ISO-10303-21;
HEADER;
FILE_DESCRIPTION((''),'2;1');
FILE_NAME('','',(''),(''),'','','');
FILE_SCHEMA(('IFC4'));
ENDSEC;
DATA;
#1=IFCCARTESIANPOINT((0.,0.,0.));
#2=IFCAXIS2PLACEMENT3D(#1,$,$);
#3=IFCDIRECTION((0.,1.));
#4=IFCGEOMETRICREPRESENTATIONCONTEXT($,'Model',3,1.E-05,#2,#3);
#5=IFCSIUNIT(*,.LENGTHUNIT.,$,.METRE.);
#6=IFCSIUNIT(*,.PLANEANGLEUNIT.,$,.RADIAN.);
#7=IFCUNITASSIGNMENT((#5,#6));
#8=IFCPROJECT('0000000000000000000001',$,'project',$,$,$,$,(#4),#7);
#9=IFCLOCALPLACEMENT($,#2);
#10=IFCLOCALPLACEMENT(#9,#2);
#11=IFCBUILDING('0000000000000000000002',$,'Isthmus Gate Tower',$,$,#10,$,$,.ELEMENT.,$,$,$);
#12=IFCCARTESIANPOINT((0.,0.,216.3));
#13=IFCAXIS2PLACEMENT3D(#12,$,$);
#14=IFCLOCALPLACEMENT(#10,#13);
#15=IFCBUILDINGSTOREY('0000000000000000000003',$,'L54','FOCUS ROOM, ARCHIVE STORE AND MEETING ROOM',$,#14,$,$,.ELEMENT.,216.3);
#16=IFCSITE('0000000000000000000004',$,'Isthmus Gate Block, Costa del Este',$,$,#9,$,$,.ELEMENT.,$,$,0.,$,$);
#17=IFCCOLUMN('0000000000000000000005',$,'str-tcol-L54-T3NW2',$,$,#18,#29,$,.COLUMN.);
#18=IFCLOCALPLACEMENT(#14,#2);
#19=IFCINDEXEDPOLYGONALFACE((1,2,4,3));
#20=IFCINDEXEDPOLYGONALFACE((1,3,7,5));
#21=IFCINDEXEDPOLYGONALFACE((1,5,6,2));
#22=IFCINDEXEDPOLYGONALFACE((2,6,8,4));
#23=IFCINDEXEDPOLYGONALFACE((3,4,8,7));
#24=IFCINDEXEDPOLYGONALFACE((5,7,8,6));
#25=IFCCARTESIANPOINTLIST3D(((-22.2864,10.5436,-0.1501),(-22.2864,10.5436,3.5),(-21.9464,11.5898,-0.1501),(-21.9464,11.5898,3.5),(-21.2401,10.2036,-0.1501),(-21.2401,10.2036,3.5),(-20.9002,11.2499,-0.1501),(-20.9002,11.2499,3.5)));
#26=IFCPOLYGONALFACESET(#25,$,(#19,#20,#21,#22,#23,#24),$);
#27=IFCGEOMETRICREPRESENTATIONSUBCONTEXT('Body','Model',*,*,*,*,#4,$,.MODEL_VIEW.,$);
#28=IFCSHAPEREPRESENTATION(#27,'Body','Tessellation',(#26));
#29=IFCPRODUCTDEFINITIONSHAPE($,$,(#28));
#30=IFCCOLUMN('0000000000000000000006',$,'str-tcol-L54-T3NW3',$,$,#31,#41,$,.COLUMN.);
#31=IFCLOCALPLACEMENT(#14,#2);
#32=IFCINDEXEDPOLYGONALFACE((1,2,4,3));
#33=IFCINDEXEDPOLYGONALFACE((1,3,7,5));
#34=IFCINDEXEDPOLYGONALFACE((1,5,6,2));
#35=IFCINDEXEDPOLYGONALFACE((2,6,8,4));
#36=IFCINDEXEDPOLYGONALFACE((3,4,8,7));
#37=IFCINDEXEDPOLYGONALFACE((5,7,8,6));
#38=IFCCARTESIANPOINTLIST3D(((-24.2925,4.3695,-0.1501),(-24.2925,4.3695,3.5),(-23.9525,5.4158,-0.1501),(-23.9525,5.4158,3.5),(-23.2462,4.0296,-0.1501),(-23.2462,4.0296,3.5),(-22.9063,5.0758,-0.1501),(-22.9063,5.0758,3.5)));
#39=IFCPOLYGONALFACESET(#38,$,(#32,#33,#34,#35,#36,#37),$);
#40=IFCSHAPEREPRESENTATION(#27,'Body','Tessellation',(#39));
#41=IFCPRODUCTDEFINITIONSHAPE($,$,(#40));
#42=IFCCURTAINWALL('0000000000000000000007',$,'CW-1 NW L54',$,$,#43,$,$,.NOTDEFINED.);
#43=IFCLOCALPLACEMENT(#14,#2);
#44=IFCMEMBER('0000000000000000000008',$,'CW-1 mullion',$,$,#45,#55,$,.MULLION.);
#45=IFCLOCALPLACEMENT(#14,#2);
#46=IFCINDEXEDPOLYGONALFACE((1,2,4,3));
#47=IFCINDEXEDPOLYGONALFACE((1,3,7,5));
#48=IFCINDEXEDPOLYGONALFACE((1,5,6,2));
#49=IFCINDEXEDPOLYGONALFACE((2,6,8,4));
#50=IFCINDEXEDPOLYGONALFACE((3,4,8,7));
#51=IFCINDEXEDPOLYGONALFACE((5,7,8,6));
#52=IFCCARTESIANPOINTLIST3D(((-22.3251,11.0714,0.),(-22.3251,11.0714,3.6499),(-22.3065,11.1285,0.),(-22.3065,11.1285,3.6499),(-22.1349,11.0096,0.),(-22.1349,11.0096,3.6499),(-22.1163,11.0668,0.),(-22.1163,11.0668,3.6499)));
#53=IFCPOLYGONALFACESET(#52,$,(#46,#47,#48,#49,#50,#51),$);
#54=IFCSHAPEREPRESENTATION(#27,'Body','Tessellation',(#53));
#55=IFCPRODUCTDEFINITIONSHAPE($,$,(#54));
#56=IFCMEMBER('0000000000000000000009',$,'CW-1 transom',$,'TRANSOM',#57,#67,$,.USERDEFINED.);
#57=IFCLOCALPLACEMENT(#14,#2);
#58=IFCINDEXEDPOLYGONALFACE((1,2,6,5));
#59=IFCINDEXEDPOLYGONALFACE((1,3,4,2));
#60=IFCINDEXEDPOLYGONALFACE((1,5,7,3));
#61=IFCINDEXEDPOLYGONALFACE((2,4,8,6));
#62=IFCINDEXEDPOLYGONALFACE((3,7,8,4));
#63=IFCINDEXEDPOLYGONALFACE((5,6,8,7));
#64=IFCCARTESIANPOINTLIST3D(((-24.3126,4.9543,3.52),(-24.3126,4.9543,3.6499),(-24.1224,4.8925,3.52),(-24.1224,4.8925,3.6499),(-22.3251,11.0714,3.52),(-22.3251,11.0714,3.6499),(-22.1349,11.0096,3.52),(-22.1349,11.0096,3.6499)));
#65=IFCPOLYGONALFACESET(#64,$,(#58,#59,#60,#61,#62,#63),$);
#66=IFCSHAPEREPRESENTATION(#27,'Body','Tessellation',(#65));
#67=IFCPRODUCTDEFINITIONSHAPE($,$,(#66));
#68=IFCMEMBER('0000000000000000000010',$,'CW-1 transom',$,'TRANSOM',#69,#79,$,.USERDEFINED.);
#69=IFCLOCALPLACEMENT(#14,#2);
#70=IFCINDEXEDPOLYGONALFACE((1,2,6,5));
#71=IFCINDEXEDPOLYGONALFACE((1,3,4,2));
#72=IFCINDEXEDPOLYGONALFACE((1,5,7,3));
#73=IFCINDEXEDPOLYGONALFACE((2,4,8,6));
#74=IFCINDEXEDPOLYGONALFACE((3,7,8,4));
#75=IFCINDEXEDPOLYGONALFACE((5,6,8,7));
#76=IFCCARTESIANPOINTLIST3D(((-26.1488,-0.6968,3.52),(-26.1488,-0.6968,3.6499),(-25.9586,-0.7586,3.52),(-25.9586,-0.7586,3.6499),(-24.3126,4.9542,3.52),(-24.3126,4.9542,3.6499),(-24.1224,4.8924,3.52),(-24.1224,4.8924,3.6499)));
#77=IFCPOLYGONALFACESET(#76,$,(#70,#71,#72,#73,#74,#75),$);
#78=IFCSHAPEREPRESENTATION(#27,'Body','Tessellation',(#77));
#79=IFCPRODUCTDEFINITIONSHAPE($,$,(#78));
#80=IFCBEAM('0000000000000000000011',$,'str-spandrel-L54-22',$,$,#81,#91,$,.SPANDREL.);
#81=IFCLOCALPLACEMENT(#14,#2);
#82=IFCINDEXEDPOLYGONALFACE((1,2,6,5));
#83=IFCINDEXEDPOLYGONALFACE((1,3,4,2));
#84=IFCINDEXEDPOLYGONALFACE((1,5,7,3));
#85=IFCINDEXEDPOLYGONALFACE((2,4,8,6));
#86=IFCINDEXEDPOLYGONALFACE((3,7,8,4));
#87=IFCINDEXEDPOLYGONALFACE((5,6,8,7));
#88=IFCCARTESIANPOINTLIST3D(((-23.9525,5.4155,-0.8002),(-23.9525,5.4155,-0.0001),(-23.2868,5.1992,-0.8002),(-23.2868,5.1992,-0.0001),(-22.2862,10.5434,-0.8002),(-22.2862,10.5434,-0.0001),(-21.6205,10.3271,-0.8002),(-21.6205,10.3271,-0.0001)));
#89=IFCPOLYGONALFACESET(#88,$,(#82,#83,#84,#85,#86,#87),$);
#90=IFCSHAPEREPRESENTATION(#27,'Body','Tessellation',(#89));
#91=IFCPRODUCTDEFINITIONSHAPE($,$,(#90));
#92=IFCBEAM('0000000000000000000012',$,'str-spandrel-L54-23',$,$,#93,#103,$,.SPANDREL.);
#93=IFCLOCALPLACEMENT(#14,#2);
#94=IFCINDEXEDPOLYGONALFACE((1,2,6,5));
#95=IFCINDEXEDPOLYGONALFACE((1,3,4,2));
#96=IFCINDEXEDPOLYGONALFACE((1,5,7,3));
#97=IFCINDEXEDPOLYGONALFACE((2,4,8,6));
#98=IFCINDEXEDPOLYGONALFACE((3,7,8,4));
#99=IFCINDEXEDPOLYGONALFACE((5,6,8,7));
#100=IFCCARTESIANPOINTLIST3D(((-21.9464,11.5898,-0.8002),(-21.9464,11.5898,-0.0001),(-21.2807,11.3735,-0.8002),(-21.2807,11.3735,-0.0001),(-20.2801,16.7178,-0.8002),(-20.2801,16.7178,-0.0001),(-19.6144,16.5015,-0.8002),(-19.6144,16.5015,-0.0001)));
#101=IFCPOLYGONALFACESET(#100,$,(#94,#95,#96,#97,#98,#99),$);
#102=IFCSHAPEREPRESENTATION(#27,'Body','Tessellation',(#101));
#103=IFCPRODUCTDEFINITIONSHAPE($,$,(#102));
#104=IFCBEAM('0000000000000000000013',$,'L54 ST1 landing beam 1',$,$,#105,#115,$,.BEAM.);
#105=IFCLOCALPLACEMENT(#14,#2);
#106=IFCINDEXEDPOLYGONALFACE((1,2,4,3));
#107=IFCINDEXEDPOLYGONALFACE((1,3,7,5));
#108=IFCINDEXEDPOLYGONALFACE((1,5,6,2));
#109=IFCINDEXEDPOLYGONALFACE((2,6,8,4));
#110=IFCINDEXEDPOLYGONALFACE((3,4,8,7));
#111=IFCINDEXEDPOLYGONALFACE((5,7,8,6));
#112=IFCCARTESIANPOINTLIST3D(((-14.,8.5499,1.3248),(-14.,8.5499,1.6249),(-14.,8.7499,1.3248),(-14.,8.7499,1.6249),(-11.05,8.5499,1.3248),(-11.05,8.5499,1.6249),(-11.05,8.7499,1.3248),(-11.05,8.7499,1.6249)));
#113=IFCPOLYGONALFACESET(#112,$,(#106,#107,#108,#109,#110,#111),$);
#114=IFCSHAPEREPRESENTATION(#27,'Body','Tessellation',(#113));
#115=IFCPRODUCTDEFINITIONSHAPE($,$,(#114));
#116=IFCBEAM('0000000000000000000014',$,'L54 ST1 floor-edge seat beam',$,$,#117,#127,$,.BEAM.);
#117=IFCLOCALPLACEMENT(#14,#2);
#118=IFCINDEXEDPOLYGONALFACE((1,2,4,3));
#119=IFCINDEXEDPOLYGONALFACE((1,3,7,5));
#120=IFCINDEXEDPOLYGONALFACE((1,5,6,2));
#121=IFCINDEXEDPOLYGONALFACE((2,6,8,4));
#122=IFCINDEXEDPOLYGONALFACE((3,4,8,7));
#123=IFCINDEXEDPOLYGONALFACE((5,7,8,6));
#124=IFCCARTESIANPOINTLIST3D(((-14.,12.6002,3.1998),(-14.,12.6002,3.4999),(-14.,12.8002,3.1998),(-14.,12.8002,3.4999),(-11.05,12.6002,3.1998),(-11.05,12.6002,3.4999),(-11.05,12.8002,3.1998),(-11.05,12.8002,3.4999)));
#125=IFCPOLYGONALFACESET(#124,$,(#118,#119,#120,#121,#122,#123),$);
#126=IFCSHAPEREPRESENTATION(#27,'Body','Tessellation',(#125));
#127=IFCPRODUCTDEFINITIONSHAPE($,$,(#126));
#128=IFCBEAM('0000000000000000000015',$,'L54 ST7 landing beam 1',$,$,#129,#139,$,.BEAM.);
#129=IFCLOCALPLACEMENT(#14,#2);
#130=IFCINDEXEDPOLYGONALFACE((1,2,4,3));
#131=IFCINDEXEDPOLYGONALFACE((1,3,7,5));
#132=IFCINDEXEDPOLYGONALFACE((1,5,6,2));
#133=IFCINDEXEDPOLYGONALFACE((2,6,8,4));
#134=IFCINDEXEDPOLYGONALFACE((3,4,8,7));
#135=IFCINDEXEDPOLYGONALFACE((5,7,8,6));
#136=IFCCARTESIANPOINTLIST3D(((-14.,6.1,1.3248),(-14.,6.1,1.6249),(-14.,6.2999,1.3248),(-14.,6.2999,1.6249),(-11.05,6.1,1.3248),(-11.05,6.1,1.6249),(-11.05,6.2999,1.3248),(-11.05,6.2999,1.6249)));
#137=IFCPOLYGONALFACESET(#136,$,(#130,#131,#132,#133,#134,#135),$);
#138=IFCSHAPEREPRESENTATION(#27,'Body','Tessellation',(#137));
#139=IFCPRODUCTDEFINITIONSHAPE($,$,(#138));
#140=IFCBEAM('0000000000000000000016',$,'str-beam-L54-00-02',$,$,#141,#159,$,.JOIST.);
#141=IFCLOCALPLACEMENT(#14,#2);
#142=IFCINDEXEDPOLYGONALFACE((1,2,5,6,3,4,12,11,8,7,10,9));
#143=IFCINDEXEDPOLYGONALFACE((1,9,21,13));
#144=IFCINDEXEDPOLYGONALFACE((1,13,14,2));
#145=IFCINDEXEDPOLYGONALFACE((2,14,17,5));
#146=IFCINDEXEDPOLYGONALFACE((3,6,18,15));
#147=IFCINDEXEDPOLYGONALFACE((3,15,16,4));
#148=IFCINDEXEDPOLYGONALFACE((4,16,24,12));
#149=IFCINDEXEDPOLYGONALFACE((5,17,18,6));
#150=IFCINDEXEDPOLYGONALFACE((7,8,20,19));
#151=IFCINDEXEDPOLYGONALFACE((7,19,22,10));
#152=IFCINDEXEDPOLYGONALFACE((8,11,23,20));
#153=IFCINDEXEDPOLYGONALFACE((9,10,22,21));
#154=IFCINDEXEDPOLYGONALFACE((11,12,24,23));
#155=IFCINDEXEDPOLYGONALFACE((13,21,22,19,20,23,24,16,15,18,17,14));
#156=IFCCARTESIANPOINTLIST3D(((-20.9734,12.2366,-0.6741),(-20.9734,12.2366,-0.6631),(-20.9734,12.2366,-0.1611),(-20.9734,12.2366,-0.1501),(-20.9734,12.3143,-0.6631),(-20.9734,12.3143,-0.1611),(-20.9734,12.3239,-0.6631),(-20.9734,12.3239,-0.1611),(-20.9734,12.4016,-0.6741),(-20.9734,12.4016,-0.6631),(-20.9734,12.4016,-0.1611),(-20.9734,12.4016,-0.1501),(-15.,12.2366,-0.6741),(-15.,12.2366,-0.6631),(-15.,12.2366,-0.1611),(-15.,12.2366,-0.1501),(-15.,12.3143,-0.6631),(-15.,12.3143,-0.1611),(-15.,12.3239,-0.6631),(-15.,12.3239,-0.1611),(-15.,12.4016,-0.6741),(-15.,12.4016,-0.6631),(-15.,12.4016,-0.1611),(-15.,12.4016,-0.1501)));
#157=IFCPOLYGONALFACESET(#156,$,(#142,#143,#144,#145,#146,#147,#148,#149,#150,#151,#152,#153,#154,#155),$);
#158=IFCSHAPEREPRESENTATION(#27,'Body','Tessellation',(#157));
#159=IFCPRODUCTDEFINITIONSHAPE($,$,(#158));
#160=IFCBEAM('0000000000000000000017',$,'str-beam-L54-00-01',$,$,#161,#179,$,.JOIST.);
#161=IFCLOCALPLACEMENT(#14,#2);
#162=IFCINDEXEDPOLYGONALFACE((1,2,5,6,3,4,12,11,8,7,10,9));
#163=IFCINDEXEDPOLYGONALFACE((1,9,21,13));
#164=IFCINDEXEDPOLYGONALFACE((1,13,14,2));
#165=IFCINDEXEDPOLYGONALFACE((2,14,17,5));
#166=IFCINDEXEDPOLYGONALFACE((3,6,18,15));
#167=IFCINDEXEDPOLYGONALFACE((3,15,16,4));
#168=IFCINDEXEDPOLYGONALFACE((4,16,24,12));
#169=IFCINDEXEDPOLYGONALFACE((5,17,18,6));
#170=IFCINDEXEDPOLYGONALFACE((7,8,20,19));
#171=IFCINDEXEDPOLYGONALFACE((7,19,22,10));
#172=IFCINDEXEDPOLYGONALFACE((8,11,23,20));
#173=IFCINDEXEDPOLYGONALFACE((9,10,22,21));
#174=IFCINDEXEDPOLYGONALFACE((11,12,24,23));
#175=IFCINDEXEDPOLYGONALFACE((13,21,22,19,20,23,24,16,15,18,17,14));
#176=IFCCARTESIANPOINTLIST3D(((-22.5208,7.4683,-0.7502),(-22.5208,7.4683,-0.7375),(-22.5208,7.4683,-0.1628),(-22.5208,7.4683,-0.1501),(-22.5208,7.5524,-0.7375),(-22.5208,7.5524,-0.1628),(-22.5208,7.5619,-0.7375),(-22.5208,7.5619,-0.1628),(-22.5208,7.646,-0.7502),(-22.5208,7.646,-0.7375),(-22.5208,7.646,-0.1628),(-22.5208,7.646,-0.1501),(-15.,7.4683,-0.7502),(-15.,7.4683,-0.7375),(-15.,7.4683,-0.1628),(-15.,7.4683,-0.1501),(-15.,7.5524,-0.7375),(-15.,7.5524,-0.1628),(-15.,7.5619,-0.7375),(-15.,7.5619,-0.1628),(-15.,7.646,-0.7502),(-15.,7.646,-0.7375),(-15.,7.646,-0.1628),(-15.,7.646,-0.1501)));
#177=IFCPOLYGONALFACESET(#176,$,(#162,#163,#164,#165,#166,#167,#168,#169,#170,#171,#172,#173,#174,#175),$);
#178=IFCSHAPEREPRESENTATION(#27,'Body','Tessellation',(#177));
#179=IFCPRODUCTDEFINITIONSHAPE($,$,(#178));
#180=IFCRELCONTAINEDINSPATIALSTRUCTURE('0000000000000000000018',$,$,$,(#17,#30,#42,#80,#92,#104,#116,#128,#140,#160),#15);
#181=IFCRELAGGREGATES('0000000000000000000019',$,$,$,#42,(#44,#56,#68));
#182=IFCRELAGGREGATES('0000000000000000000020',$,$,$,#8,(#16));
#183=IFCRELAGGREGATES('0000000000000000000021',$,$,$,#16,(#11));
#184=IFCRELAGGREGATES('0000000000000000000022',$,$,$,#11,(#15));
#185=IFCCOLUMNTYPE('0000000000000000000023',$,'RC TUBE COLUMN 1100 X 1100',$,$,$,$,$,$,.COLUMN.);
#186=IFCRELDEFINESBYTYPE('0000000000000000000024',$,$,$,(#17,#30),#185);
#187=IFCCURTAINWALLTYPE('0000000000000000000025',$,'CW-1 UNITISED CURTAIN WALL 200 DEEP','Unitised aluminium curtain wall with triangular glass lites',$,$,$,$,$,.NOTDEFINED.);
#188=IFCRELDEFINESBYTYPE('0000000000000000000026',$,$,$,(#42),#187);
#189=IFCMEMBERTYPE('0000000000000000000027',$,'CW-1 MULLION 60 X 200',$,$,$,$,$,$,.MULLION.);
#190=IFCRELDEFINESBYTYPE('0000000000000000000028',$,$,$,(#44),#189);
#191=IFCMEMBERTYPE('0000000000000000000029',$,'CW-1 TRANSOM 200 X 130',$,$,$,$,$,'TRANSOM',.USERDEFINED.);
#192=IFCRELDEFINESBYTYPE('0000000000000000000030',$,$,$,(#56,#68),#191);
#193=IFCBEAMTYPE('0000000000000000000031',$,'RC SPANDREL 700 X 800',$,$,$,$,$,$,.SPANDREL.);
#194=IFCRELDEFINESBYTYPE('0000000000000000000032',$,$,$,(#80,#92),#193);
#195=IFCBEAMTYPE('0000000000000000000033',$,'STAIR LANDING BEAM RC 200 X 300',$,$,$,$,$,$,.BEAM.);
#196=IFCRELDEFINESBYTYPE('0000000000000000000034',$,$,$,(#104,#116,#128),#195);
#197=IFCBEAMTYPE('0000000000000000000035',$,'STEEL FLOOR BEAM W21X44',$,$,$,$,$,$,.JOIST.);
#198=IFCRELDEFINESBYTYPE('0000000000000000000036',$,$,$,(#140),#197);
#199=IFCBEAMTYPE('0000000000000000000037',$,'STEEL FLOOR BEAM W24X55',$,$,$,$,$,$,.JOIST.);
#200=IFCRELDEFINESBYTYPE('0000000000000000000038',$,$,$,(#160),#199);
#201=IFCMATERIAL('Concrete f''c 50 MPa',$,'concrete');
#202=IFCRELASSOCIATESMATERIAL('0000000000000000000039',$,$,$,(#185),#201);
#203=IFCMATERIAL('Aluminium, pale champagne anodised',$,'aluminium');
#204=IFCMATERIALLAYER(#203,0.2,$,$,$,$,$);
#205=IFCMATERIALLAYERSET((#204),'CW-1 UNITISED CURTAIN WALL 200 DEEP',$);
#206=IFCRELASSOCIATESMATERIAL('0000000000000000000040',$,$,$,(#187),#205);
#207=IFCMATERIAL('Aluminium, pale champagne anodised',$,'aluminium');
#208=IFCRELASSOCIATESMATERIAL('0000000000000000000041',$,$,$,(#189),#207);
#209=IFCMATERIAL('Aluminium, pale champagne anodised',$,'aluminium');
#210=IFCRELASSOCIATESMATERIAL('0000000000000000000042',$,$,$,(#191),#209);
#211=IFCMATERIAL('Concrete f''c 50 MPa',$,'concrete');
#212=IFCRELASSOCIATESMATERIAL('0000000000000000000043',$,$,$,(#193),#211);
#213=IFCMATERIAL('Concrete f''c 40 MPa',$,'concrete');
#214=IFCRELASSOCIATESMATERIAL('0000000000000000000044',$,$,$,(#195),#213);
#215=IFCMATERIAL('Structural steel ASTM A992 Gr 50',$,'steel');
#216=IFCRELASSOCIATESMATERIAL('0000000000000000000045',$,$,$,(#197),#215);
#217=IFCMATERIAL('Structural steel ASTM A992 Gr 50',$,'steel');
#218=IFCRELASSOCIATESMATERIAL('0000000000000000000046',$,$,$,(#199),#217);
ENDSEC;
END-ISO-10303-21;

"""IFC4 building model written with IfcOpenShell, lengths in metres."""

from ifc_helpers import new_model, si_unit, direction, frame, origin, origin_2d, place, context, subcontext, project, spatial, rectangle, i_section, extrude, material, layer, layer_set, material_profile, profile_set, type_object, element, aggregate, save


model = new_model("IFC4")

# Units and contexts
model_context = context("Model", 3, precision=1e-05, world=origin(), true_north=direction((0.0, 1.0)))
body_context = subcontext(model_context, "Body", "Model", "MODEL_VIEW")
ifc_project = project(units=[si_unit("LENGTHUNIT", "METRE"), si_unit("PLANEANGLEUNIT", "RADIAN")], contexts=[model_context])

# Site, building, storey
site_placement = place(None, origin())
site = spatial("IfcSite", under=ifc_project, at=site_placement, Name="Isthmus Gate Block, Costa del Este", CompositionType="ELEMENT", RefElevation=0.0)
building_placement = place(site_placement, origin())
building = spatial("IfcBuilding", under=site, at=building_placement, Name="Isthmus Gate Tower", CompositionType="ELEMENT")
storey_placement = place(building_placement, frame((0.0, 0.0, 216.3)))
storey = spatial("IfcBuildingStorey", under=building, at=storey_placement, Name="L54", Description="FOCUS ROOM, ARCHIVE STORE AND MEETING ROOM", CompositionType="ELEMENT", Elevation=216.3)

# Columns
ifc_material_1 = material(Name="Concrete f'c 50 MPa", Category="concrete")
ifc_material_profile_1 = material_profile(ifc_material_1, rectangle(XDim=1.1001, YDim=1.1001, at=origin_2d()), Name="RC 1100X1100")
ifc_profile_set_1 = profile_set([ifc_material_profile_1], Name="Concrete f'c 50 MPa")
column_type = type_object("IfcColumnType", Name="RC TUBE COLUMN 1100 X 1100", PredefinedType="COLUMN", material=ifc_profile_set_1)
for number, where, z_axis, x_axis, name in (
    (1, (-21.5933, 10.8967, -0.1501), (0.0, 0.0, 1.0), (-0.309017, -0.951057, 0.0), "str-tcol-L54-T3NW2"),
    (2, (-23.5994, 4.7227, -0.1501), (0.0, 0.0, 1.0), (-0.309017, -0.951057, 0.0), "str-tcol-L54-T3NW3"),
):
    element("IfcColumn", number, at=place(storey_placement, frame(where, z_axis=z_axis, x_axis=x_axis)), inside=storey, type_object=column_type, Name=name, PredefinedType="COLUMN", context=body_context, shape_type="SweptSolid", body=[
        extrude(rectangle(XDim=1.1001, YDim=1.1001, at=origin_2d()), origin(), (0.0, 0.0, 1.0), 3.6501),
    ])

# Curtain wall, members
ifc_material_2 = material(Name="Aluminium, pale champagne anodised", Category="aluminium")
ifc_layer_1 = layer(ifc_material_2, 0.2)
ifc_layer_set_1 = layer_set([ifc_layer_1], Name="CW-1 UNITISED CURTAIN WALL 200 DEEP")
curtain_wall_type = type_object("IfcCurtainWallType", Name="CW-1 UNITISED CURTAIN WALL 200 DEEP", Description="Unitised aluminium curtain wall with triangular glass lites", PredefinedType="NOTDEFINED", material=ifc_layer_set_1)
curtain_wall_placement = place(storey_placement, origin())
curtain_wall = element("IfcCurtainWall", 3, at=curtain_wall_placement, inside=storey, type_object=curtain_wall_type, Name="CW-1 NW L54", PredefinedType="NOTDEFINED")
ifc_material_3 = material(Name="Aluminium, pale champagne anodised", Category="aluminium")
ifc_material_profile_2 = material_profile(ifc_material_3, rectangle(XDim=0.0601, YDim=0.2, at=origin_2d()), Name="60x200")
ifc_profile_set_2 = profile_set([ifc_material_profile_2], Name="Aluminium, pale champagne anodised")
member_type_1 = type_object("IfcMemberType", Name="CW-1 MULLION 60 X 200", PredefinedType="MULLION", material=ifc_profile_set_2)
member_1_placement = place(storey_placement, frame((-22.2207, 11.0691, 0.0), z_axis=(0.0, 0.0, 1.0), x_axis=(-0.309017, -0.951057, 0.0)))
member_1 = element("IfcMember", 4, at=member_1_placement, type_object=member_type_1, Name="CW-1 mullion", PredefinedType="MULLION", context=body_context, shape_type="SweptSolid", body=[
    extrude(rectangle(XDim=0.0601, YDim=0.2, at=origin_2d()), origin(), (0.0, 0.0, 1.0), 3.6499),
])
ifc_material_4 = material(Name="Aluminium, pale champagne anodised", Category="aluminium")
ifc_material_profile_3 = material_profile(ifc_material_4, rectangle(XDim=0.2, YDim=0.1299, at=origin_2d()), Name="200x130")
ifc_profile_set_3 = profile_set([ifc_material_profile_3], Name="Aluminium, pale champagne anodised")
member_type_2 = type_object("IfcMemberType", Name="CW-1 TRANSOM 200 X 130", ElementType="TRANSOM", PredefinedType="USERDEFINED", material=ifc_profile_set_3)
member_2_placement = place(storey_placement, frame((-22.23, 11.0405, 3.585), z_axis=(-0.309011, -0.951059, 0.0), x_axis=(0.951059, -0.309011, 0.0)))
member_2 = element("IfcMember", 5, at=member_2_placement, type_object=member_type_2, Name="CW-1 transom", ObjectType="TRANSOM", PredefinedType="USERDEFINED", context=body_context, shape_type="SweptSolid", body=[
    extrude(rectangle(XDim=0.2, YDim=0.1299, at=origin_2d()), origin(), (0.0, 0.0, 1.0), 6.4319),
])
member_3_placement = place(storey_placement, frame((-24.2175, 4.9233, 3.585), z_axis=(-0.30902, -0.951056, 0.0), x_axis=(0.951056, -0.30902, 0.0)))
member_3 = element("IfcMember", 6, at=member_3_placement, type_object=member_type_2, Name="CW-1 transom", ObjectType="TRANSOM", PredefinedType="USERDEFINED", context=body_context, shape_type="SweptSolid", body=[
    extrude(rectangle(XDim=0.2, YDim=0.1299, at=origin_2d()), origin(), (0.0, 0.0, 1.0), 5.9419),
])

# Beams
ifc_material_5 = material(Name="Concrete f'c 50 MPa", Category="concrete")
ifc_material_profile_4 = material_profile(ifc_material_5, rectangle(XDim=0.7, YDim=0.8, at=origin_2d()), Name="RC 700X800")
ifc_profile_set_4 = profile_set([ifc_material_profile_4], Name="Concrete f'c 50 MPa")
beam_type_1 = type_object("IfcBeamType", Name="RC SPANDREL 700 X 800", PredefinedType="SPANDREL", material=ifc_profile_set_4)
for number, where, z_axis, x_axis, name in (
    (7, (-23.6196, 5.3074, -0.4001), (0.309033, 0.951051, 0.0), (-0.951051, 0.309033, 0.0), "str-spandrel-L54-22"),
    (8, (-21.6135, 11.4817, -0.4001), (0.309033, 0.951051, 0.0), (-0.951051, 0.309033, 0.0), "str-spandrel-L54-23"),
):
    element("IfcBeam", number, at=place(storey_placement, frame(where, z_axis=z_axis, x_axis=x_axis)), inside=storey, type_object=beam_type_1, Name=name, PredefinedType="SPANDREL", context=body_context, shape_type="SweptSolid", body=[
        extrude(rectangle(XDim=0.7, YDim=0.8, at=origin_2d()), origin(), (0.0, 0.0, 1.0), 5.3918),
    ])
ifc_material_6 = material(Name="Concrete f'c 40 MPa", Category="concrete")
ifc_material_profile_5 = material_profile(ifc_material_6, rectangle(XDim=0.2, YDim=0.3, at=origin_2d()), Name="STAIR LANDING BEAM RC 200 X 300")
ifc_profile_set_5 = profile_set([ifc_material_profile_5], Name="Concrete f'c 40 MPa")
beam_type_2 = type_object("IfcBeamType", Name="STAIR LANDING BEAM RC 200 X 300", PredefinedType="BEAM", material=ifc_profile_set_5)
for number, where, z_axis, x_axis, name in (
    (9, (-14.0, 8.6499, 1.4749), (1.0, 0.0, 0.0), (0.0, 1.0, 0.0), "L54 ST1 landing beam 1"),
    (10, (-14.0, 12.7002, 3.3499), (1.0, 0.0, 0.0), (0.0, 1.0, 0.0), "L54 ST1 floor-edge seat beam"),
    (11, (-14.0, 6.2, 1.4749), (1.0, 0.0, 0.0), (0.0, 1.0, 0.0), "L54 ST7 landing beam 1"),
):
    element("IfcBeam", number, at=place(storey_placement, frame(where, z_axis=z_axis, x_axis=x_axis)), inside=storey, type_object=beam_type_2, Name=name, PredefinedType="BEAM", context=body_context, shape_type="SweptSolid", body=[
        extrude(rectangle(XDim=0.2, YDim=0.3, at=origin_2d()), origin(), (0.0, 0.0, 1.0), 2.95),
    ])
ifc_material_7 = material(Name="Structural steel ASTM A992 Gr 50", Category="steel")
ifc_material_profile_6 = material_profile(ifc_material_7, i_section(OverallWidth=0.165, OverallDepth=0.5239, WebThickness=0.0095, FlangeThickness=0.011, at=origin_2d()), Name="W21X44")
ifc_profile_set_6 = profile_set([ifc_material_profile_6], Name="Structural steel ASTM A992 Gr 50")
beam_type_3 = type_object("IfcBeamType", Name="STEEL FLOOR BEAM W21X44", PredefinedType="JOIST", material=ifc_profile_set_6)
beam_1_placement = place(storey_placement, frame((-20.9734, 12.3191, -0.4121), z_axis=(1.0, 0.0, 0.0), x_axis=(0.0, 1.0, 0.0)))
element("IfcBeam", 12, at=beam_1_placement, inside=storey, type_object=beam_type_3, Name="str-beam-L54-00-02", PredefinedType="JOIST", context=body_context, shape_type="SweptSolid", body=[
    extrude(i_section(OverallWidth=0.165, OverallDepth=0.5239, WebThickness=0.0095, FlangeThickness=0.011, at=origin_2d()), origin(), (0.0, 0.0, 1.0), 5.9734),
])
ifc_material_8 = material(Name="Structural steel ASTM A992 Gr 50", Category="steel")
ifc_material_profile_7 = material_profile(ifc_material_8, i_section(OverallWidth=0.1777, OverallDepth=0.6001, WebThickness=0.0095, FlangeThickness=0.0127, at=origin_2d()), Name="W24X55")
ifc_profile_set_7 = profile_set([ifc_material_profile_7], Name="Structural steel ASTM A992 Gr 50")
beam_type_4 = type_object("IfcBeamType", Name="STEEL FLOOR BEAM W24X55", PredefinedType="JOIST", material=ifc_profile_set_7)
beam_2_placement = place(storey_placement, frame((-22.5208, 7.5571, -0.4502), z_axis=(1.0, 0.0, 0.0), x_axis=(0.0, 1.0, 0.0)))
element("IfcBeam", 13, at=beam_2_placement, inside=storey, type_object=beam_type_4, Name="str-beam-L54-00-01", PredefinedType="JOIST", context=body_context, shape_type="SweptSolid", body=[
    extrude(i_section(OverallWidth=0.1777, OverallDepth=0.6001, WebThickness=0.0095, FlangeThickness=0.0127, at=origin_2d()), origin(), (0.0, 0.0, 1.0), 7.5208),
])

aggregate(curtain_wall, [member_1, member_2, member_3])

save(model, "model.ifc")
